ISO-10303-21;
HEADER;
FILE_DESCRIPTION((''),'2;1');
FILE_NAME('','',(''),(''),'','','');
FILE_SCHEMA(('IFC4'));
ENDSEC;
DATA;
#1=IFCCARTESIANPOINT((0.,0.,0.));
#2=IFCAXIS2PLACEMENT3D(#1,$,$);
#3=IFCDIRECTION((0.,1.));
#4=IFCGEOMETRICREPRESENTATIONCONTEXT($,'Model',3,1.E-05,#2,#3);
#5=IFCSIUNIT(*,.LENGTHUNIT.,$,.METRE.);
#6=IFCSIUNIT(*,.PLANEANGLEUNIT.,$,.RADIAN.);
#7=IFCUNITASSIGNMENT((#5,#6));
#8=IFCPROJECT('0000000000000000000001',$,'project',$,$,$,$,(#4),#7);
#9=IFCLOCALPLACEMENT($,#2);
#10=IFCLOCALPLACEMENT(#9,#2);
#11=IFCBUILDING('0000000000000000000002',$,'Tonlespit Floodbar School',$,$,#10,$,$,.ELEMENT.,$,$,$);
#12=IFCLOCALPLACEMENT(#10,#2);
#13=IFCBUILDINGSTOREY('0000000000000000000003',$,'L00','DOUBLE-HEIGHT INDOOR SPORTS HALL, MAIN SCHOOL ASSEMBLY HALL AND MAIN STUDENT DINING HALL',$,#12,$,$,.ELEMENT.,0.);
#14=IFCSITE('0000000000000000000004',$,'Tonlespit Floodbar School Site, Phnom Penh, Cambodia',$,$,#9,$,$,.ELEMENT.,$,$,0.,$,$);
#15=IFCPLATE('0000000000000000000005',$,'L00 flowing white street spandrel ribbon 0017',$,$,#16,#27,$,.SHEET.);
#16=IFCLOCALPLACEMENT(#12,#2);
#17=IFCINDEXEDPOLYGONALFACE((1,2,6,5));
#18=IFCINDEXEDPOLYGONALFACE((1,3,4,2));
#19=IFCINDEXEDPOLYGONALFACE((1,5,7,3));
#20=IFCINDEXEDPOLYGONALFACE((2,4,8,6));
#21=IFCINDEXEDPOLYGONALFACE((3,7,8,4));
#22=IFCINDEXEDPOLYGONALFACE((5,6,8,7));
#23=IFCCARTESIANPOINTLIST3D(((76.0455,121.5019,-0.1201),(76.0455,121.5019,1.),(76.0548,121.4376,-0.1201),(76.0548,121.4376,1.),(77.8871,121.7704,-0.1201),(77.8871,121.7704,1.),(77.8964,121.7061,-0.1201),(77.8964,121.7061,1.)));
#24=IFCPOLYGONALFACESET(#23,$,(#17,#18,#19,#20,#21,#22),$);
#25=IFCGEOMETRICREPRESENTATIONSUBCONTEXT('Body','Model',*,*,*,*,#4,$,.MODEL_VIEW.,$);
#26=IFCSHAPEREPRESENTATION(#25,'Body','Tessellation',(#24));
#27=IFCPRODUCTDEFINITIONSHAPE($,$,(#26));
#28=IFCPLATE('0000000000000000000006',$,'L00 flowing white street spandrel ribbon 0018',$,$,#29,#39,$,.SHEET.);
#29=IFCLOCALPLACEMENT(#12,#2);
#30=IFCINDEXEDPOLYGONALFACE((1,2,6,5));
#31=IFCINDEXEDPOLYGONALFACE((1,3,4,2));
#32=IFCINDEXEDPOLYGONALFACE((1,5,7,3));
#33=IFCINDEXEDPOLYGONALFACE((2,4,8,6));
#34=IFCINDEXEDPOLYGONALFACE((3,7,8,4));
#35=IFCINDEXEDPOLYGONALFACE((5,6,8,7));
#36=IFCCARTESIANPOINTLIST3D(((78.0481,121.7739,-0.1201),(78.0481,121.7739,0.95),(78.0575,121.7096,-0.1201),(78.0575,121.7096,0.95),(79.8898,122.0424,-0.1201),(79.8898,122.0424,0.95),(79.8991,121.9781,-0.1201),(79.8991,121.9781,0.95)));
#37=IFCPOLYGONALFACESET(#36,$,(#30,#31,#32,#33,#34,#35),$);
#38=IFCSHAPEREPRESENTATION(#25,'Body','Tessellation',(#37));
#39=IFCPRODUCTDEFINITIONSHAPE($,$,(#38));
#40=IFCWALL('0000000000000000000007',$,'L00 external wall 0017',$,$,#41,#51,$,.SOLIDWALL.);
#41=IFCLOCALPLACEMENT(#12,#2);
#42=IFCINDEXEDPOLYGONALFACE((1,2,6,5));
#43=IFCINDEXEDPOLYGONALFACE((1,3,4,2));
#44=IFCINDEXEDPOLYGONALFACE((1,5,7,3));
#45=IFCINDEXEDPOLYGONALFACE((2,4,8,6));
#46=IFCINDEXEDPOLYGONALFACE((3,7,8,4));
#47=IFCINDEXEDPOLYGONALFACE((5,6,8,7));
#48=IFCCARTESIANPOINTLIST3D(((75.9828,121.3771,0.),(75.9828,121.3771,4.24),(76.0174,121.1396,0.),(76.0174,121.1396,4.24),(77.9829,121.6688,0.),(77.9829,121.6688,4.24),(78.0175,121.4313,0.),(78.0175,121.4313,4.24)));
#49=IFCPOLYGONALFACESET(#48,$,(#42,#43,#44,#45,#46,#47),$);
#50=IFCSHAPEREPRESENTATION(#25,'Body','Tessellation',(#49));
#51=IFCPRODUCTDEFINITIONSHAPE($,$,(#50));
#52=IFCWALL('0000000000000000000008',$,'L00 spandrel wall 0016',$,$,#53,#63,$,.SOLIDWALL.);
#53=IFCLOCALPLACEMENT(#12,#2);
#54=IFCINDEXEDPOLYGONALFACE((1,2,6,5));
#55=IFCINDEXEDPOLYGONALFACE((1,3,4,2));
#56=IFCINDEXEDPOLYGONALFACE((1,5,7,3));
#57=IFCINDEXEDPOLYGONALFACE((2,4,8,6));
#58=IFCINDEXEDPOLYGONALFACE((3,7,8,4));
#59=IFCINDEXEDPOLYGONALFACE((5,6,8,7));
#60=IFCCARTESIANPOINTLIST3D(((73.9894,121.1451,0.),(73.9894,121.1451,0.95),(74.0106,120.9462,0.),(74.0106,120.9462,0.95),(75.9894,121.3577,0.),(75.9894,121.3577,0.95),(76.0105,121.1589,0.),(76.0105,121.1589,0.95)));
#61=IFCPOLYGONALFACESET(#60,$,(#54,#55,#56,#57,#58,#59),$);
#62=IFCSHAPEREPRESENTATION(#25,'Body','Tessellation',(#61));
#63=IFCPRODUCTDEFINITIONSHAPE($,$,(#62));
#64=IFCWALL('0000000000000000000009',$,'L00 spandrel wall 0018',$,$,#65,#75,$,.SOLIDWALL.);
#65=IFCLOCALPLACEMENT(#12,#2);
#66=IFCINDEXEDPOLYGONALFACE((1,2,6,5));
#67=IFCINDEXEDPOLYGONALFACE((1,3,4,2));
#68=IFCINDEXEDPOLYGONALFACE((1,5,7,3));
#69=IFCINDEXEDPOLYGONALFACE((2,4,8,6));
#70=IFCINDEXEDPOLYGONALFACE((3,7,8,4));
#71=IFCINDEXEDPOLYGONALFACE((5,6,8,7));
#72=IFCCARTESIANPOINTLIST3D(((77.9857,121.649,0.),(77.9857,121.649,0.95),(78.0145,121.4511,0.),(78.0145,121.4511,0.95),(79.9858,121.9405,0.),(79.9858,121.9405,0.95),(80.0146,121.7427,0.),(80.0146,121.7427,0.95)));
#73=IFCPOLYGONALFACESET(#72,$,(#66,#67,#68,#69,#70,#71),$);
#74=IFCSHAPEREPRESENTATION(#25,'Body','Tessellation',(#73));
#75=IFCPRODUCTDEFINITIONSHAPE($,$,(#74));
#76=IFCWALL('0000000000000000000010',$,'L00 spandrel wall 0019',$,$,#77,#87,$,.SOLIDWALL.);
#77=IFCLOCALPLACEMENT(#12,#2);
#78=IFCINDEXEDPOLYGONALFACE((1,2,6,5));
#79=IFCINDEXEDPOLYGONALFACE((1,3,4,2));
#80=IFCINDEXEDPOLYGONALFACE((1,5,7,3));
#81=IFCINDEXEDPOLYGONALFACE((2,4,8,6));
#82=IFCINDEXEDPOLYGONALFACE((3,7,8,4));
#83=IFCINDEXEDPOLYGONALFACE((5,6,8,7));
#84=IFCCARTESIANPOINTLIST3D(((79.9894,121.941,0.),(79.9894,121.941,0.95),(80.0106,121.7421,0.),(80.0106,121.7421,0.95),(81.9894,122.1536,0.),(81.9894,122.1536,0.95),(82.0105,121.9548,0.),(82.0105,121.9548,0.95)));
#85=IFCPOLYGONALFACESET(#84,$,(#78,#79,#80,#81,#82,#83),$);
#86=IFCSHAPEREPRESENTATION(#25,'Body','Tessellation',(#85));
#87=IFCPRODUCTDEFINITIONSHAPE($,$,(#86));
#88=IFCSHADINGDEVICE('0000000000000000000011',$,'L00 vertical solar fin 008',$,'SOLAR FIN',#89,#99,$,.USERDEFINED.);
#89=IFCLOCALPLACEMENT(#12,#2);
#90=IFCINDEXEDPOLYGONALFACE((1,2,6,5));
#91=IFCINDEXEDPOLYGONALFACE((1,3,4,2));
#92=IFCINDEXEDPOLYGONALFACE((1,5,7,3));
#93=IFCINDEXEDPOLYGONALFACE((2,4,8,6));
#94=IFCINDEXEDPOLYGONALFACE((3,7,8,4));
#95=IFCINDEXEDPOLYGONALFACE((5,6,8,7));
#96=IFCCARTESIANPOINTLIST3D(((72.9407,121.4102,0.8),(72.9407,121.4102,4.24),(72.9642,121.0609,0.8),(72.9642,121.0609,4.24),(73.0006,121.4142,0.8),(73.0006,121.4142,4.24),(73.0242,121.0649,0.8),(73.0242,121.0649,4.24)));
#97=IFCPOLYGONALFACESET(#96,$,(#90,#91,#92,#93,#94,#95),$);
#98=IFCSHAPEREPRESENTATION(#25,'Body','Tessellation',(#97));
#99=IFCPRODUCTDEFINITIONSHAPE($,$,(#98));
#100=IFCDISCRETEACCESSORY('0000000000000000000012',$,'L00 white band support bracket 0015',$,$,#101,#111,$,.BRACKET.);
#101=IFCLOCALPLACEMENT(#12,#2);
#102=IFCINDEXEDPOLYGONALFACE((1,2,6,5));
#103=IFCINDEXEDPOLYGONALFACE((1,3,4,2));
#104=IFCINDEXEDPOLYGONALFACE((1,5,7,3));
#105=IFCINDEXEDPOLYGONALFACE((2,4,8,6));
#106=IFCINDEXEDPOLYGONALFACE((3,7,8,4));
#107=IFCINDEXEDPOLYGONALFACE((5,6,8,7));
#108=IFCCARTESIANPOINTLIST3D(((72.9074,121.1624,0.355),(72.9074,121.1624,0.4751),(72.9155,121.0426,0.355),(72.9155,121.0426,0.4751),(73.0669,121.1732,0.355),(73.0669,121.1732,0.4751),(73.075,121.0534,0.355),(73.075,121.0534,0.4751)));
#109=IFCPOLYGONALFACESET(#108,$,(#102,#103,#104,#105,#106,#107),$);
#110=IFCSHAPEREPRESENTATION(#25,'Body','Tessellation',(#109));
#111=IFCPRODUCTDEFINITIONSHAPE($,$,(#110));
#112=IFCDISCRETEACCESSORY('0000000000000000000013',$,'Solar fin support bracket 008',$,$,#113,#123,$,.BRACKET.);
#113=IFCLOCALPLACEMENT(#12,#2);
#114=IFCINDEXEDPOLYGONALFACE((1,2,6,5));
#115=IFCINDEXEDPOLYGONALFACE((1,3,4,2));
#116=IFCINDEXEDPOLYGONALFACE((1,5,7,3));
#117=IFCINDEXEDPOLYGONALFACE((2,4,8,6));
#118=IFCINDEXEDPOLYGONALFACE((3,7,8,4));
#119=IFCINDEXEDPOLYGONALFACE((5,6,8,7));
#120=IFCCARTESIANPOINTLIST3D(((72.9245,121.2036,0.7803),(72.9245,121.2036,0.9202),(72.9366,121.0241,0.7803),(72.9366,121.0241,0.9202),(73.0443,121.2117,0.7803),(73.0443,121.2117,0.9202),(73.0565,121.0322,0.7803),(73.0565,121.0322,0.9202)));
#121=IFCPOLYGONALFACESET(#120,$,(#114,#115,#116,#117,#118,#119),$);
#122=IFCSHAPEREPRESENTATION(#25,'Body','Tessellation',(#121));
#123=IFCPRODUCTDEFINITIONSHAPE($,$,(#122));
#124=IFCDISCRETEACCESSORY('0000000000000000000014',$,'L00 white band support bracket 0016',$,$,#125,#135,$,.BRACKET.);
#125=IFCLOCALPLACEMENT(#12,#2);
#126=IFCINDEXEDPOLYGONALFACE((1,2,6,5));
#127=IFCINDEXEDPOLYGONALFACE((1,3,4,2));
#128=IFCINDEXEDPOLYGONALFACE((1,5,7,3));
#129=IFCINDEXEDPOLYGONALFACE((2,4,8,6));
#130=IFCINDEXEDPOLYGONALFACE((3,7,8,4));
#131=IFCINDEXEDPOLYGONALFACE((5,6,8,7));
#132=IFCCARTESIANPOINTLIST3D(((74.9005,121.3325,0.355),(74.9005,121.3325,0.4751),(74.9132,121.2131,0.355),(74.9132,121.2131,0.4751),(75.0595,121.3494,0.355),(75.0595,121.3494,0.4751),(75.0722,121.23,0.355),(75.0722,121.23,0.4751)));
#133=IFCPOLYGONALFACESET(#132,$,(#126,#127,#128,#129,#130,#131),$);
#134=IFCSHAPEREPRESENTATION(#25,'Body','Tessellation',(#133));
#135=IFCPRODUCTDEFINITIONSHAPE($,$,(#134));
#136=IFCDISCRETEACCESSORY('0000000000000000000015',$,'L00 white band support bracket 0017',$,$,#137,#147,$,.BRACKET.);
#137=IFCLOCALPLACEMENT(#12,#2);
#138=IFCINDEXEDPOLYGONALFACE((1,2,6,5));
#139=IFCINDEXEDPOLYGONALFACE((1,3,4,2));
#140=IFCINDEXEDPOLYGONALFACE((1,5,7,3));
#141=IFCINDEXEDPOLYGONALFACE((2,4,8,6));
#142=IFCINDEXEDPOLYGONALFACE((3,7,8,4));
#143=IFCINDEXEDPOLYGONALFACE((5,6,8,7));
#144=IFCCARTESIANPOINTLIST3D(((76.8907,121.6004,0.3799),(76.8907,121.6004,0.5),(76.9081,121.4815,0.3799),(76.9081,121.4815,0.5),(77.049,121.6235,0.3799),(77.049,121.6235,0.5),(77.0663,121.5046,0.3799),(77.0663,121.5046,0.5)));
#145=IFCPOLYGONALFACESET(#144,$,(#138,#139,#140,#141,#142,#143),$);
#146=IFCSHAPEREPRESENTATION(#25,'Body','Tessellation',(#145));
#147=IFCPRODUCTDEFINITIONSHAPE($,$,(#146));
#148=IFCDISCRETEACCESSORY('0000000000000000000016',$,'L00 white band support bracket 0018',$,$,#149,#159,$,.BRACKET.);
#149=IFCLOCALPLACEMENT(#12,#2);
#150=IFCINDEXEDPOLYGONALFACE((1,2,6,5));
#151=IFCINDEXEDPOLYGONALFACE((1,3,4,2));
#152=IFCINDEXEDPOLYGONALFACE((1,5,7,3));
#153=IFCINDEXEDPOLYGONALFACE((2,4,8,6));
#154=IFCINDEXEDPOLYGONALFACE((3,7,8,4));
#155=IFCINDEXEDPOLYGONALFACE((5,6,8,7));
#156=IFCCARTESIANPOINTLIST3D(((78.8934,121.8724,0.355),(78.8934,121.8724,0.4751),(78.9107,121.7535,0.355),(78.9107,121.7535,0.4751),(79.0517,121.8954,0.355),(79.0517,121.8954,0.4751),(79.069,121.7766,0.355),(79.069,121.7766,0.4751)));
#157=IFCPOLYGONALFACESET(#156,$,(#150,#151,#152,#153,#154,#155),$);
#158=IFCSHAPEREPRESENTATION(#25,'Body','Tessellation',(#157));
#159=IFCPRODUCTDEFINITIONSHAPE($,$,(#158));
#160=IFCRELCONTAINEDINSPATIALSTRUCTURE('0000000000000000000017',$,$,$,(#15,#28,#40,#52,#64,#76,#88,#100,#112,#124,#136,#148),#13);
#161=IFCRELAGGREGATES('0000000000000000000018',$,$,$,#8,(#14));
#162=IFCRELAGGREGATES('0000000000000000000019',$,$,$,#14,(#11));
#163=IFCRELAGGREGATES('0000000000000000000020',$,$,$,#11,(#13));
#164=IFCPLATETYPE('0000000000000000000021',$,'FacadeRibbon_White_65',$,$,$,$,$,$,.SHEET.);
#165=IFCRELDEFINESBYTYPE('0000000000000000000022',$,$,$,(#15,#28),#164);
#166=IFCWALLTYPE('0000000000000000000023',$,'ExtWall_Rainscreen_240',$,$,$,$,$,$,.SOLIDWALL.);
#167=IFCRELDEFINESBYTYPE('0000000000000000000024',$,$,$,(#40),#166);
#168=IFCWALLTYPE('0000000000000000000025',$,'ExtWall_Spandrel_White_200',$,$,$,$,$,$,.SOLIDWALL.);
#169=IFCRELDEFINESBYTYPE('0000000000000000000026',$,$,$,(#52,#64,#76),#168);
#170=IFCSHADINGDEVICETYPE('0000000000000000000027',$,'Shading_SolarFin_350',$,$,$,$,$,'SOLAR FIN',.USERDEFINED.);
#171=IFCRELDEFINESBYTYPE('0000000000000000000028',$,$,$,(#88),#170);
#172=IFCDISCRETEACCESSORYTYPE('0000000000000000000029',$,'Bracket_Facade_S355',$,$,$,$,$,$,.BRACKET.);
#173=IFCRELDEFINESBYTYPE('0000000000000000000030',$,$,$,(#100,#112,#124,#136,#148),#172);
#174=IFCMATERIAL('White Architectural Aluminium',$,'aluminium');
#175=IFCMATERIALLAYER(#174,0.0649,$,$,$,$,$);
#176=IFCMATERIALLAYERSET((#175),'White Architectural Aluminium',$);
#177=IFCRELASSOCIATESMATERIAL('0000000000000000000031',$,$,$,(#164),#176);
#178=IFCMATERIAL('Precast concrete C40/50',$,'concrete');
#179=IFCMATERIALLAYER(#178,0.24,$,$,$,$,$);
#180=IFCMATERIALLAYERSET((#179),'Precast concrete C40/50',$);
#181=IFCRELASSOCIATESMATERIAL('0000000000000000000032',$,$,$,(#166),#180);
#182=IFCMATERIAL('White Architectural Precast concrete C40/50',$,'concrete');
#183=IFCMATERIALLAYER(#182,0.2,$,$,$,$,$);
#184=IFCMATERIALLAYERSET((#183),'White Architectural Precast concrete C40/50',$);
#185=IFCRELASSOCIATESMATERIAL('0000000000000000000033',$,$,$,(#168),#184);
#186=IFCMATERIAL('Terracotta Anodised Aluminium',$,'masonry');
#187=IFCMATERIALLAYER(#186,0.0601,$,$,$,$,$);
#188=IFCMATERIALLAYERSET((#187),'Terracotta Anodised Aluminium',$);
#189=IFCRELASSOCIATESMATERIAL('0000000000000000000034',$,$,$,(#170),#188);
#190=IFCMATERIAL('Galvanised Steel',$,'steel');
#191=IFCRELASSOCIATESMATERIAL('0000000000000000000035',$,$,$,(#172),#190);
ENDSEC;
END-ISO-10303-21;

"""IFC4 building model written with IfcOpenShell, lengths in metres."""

from ifc_helpers import new_model, si_unit, direction, frame, frame_2d, origin, origin_2d, place, context, subcontext, project, spatial, rectangle, extrude, material, layer, layer_set, type_object, element, save


model = new_model("IFC4")

# Units and contexts
model_context = context("Model", 3, precision=1e-05, world=origin(), true_north=direction((0.0, 1.0)))
body_context = subcontext(model_context, "Body", "Model", "MODEL_VIEW")
ifc_project = project(units=[si_unit("LENGTHUNIT", "METRE"), si_unit("PLANEANGLEUNIT", "RADIAN")], contexts=[model_context])

# Site, building, storey
site_placement = place(None, origin())
site = spatial("IfcSite", under=ifc_project, at=site_placement, Name="Tonlespit Floodbar School Site, Phnom Penh, Cambodia", CompositionType="ELEMENT", RefElevation=0.0)
building_placement = place(site_placement, origin())
building = spatial("IfcBuilding", under=site, at=building_placement, Name="Tonlespit Floodbar School", CompositionType="ELEMENT")
storey_placement = place(building_placement, origin())
storey = spatial("IfcBuildingStorey", under=building, at=storey_placement, Name="L00", Description="DOUBLE-HEIGHT INDOOR SPORTS HALL, MAIN SCHOOL ASSEMBLY HALL AND MAIN STUDENT DINING HALL", CompositionType="ELEMENT", Elevation=0.0)

# Plates
ifc_material_1 = material(Name="White Architectural Aluminium", Category="aluminium")
ifc_layer_1 = layer(ifc_material_1, 0.0649)
ifc_layer_set_1 = layer_set([ifc_layer_1], Name="White Architectural Aluminium")
plate_type_1 = type_object("IfcPlateType", Name="FacadeRibbon_White_65", PredefinedType="SHEET", material=ifc_layer_set_1)
plate_1_placement = place(storey_placement, frame((76.9709, 121.604, -0.1201), z_axis=(0.0, 0.0, 1.0), x_axis=(0.989538, 0.144275, 0.0)))
element("IfcPlate", 1, at=plate_1_placement, inside=storey, type_object=plate_type_1, Name="L00 flowing white street spandrel ribbon 0017", PredefinedType="SHEET", context=body_context, shape_type="SweptSolid", body=[
    extrude(rectangle(XDim=1.8611, YDim=0.0649, at=origin_2d()), origin(), (0.0, 0.0, 1.0), 1.1201),
])
plate_2_placement = place(storey_placement, frame((78.9736, 121.876, -0.1201), z_axis=(0.0, 0.0, 1.0), x_axis=(0.989538, 0.144275, 0.0)))
element("IfcPlate", 2, at=plate_2_placement, inside=storey, type_object=plate_type_1, Name="L00 flowing white street spandrel ribbon 0018", PredefinedType="SHEET", context=body_context, shape_type="SweptSolid", body=[
    extrude(rectangle(XDim=1.8611, YDim=0.0649, at=origin_2d()), origin(), (0.0, 0.0, 1.0), 1.0701),
])

# Walls
ifc_material_2 = material(Name="Precast concrete C40/50", Category="concrete")
ifc_layer_2 = layer(ifc_material_2, 0.24)
ifc_layer_set_2 = layer_set([ifc_layer_2], Name="Precast concrete C40/50")
wall_type_1 = type_object("IfcWallType", Name="ExtWall_Rainscreen_240", PredefinedType="SOLIDWALL", material=ifc_layer_set_2)
wall_1_placement = place(storey_placement, frame((76.0, 121.2583, 0.0), z_axis=(0.0, 0.0, 1.0), x_axis=(0.989527, 0.144346, 0.0)))
element("IfcWall", 3, at=wall_1_placement, inside=storey, type_object=wall_type_1, Name="L00 external wall 0017", PredefinedType="SOLIDWALL", context=body_context, shape_type="SweptSolid", body=[
    extrude(rectangle(XDim=2.0212, YDim=0.24, at=frame_2d((1.0107, 0.0))), origin(), (0.0, 0.0, 1.0), 4.24),
])
ifc_material_3 = material(Name="White Architectural Precast concrete C40/50", Category="concrete")
ifc_layer_3 = layer(ifc_material_3, 0.2)
ifc_layer_set_3 = layer_set([ifc_layer_3], Name="White Architectural Precast concrete C40/50")
wall_type_2 = type_object("IfcWallType", Name="ExtWall_Spandrel_White_200", PredefinedType="SOLIDWALL", material=ifc_layer_set_3)
wall_2_placement = place(storey_placement, frame((74.0, 121.0457, 0.0), z_axis=(0.0, 0.0, 1.0), x_axis=(0.994395, 0.105727, 0.0)))
element("IfcWall", 4, at=wall_2_placement, inside=storey, type_object=wall_type_2, Name="L00 spandrel wall 0016", PredefinedType="SOLIDWALL", context=body_context, shape_type="SweptSolid", body=[
    extrude(rectangle(XDim=2.0112, YDim=0.2, at=frame_2d((1.0056, 0.0))), origin(), (0.0, 0.0, 1.0), 0.95),
])
wall_3_placement = place(storey_placement, frame((78.0, 121.55, 0.0), z_axis=(0.0, 0.0, 1.0), x_axis=(0.989544, 0.144228, 0.0)))
element("IfcWall", 5, at=wall_3_placement, inside=storey, type_object=wall_type_2, Name="L00 spandrel wall 0018", PredefinedType="SOLIDWALL", context=body_context, shape_type="SweptSolid", body=[
    extrude(rectangle(XDim=2.0212, YDim=0.2, at=frame_2d((1.0107, 0.0))), origin(), (0.0, 0.0, 1.0), 0.95),
])
wall_4_placement = place(storey_placement, frame((80.0, 121.8416, 0.0), z_axis=(0.0, 0.0, 1.0), x_axis=(0.994395, 0.105727, 0.0)))
element("IfcWall", 6, at=wall_4_placement, inside=storey, type_object=wall_type_2, Name="L00 spandrel wall 0019", PredefinedType="SOLIDWALL", context=body_context, shape_type="SweptSolid", body=[
    extrude(rectangle(XDim=2.0112, YDim=0.2, at=frame_2d((1.0056, 0.0))), origin(), (0.0, 0.0, 1.0), 0.95),
])

# Shading device
ifc_material_4 = material(Name="Terracotta Anodised Aluminium", Category="masonry")
ifc_layer_4 = layer(ifc_material_4, 0.0601)
ifc_layer_set_4 = layer_set([ifc_layer_4], Name="Terracotta Anodised Aluminium")
shading_device_type = type_object("IfcShadingDeviceType", Name="Shading_SolarFin_350", ElementType="SOLAR FIN", PredefinedType="USERDEFINED", material=ifc_layer_set_4)
shading_device_placement = place(storey_placement, frame((72.9824, 121.2375, 0.8), z_axis=(0.0, 0.0, 1.0), x_axis=(0.99773, 0.067347, 0.0)))
element("IfcShadingDevice", 7, at=shading_device_placement, inside=storey, type_object=shading_device_type, Name="L00 vertical solar fin 008", ObjectType="SOLAR FIN", PredefinedType="USERDEFINED", context=body_context, shape_type="SweptSolid", body=[
    extrude(rectangle(XDim=0.0601, YDim=0.3501, at=origin_2d()), origin(), (0.0, 0.0, 1.0), 3.4399),
])

# Discrete accessories
ifc_material_5 = material(Name="Galvanised Steel", Category="steel")
discrete_accessory_type = type_object("IfcDiscreteAccessoryType", Name="Bracket_Facade_S355", PredefinedType="BRACKET", material=ifc_material_5)
discrete_accessory_1_placement = place(storey_placement, frame((72.9912, 121.1079, 0.355), z_axis=(0.0, 0.0, 1.0), x_axis=(0.99773, 0.067347, 0.0)))
element("IfcDiscreteAccessory", 8, at=discrete_accessory_1_placement, inside=storey, type_object=discrete_accessory_type, Name="L00 white band support bracket 0015", PredefinedType="BRACKET", context=body_context, shape_type="SweptSolid", body=[
    extrude(rectangle(XDim=0.1599, YDim=0.1201, at=origin_2d()), origin(), (0.0, 0.0, 1.0), 0.1201),
])
discrete_accessory_2_placement = place(storey_placement, frame((72.9905, 121.1179, 0.7803), z_axis=(0.0, 0.0, 1.0), x_axis=(0.99773, 0.067347, 0.0)))
element("IfcDiscreteAccessory", 9, at=discrete_accessory_2_placement, inside=storey, type_object=discrete_accessory_type, Name="Solar fin support bracket 008", PredefinedType="BRACKET", context=body_context, shape_type="SweptSolid", body=[
    extrude(rectangle(XDim=0.1201, YDim=0.1799, at=origin_2d()), origin(), (0.0, 0.0, 1.0), 0.1399),
])
for number, where, z_axis, x_axis, name in (
    (10, (74.9863, 121.2812, 0.355), (0.0, 0.0, 1.0), (0.994392, 0.105754, 0.0), "L00 white band support bracket 0016"),
    (11, (76.9785, 121.5525, 0.3799), (0.0, 0.0, 1.0), (0.989538, 0.144275, 0.0), "L00 white band support bracket 0017"),
    (12, (78.9812, 121.8245, 0.355), (0.0, 0.0, 1.0), (0.989538, 0.144275, 0.0), "L00 white band support bracket 0018"),
):
    element("IfcDiscreteAccessory", number, at=place(storey_placement, frame(where, z_axis=z_axis, x_axis=x_axis)), inside=storey, type_object=discrete_accessory_type, Name=name, PredefinedType="BRACKET", context=body_context, shape_type="SweptSolid", body=[
        extrude(rectangle(XDim=0.1599, YDim=0.1201, at=origin_2d()), origin(), (0.0, 0.0, 1.0), 0.1201),
    ])

save(model, "model.ifc")
